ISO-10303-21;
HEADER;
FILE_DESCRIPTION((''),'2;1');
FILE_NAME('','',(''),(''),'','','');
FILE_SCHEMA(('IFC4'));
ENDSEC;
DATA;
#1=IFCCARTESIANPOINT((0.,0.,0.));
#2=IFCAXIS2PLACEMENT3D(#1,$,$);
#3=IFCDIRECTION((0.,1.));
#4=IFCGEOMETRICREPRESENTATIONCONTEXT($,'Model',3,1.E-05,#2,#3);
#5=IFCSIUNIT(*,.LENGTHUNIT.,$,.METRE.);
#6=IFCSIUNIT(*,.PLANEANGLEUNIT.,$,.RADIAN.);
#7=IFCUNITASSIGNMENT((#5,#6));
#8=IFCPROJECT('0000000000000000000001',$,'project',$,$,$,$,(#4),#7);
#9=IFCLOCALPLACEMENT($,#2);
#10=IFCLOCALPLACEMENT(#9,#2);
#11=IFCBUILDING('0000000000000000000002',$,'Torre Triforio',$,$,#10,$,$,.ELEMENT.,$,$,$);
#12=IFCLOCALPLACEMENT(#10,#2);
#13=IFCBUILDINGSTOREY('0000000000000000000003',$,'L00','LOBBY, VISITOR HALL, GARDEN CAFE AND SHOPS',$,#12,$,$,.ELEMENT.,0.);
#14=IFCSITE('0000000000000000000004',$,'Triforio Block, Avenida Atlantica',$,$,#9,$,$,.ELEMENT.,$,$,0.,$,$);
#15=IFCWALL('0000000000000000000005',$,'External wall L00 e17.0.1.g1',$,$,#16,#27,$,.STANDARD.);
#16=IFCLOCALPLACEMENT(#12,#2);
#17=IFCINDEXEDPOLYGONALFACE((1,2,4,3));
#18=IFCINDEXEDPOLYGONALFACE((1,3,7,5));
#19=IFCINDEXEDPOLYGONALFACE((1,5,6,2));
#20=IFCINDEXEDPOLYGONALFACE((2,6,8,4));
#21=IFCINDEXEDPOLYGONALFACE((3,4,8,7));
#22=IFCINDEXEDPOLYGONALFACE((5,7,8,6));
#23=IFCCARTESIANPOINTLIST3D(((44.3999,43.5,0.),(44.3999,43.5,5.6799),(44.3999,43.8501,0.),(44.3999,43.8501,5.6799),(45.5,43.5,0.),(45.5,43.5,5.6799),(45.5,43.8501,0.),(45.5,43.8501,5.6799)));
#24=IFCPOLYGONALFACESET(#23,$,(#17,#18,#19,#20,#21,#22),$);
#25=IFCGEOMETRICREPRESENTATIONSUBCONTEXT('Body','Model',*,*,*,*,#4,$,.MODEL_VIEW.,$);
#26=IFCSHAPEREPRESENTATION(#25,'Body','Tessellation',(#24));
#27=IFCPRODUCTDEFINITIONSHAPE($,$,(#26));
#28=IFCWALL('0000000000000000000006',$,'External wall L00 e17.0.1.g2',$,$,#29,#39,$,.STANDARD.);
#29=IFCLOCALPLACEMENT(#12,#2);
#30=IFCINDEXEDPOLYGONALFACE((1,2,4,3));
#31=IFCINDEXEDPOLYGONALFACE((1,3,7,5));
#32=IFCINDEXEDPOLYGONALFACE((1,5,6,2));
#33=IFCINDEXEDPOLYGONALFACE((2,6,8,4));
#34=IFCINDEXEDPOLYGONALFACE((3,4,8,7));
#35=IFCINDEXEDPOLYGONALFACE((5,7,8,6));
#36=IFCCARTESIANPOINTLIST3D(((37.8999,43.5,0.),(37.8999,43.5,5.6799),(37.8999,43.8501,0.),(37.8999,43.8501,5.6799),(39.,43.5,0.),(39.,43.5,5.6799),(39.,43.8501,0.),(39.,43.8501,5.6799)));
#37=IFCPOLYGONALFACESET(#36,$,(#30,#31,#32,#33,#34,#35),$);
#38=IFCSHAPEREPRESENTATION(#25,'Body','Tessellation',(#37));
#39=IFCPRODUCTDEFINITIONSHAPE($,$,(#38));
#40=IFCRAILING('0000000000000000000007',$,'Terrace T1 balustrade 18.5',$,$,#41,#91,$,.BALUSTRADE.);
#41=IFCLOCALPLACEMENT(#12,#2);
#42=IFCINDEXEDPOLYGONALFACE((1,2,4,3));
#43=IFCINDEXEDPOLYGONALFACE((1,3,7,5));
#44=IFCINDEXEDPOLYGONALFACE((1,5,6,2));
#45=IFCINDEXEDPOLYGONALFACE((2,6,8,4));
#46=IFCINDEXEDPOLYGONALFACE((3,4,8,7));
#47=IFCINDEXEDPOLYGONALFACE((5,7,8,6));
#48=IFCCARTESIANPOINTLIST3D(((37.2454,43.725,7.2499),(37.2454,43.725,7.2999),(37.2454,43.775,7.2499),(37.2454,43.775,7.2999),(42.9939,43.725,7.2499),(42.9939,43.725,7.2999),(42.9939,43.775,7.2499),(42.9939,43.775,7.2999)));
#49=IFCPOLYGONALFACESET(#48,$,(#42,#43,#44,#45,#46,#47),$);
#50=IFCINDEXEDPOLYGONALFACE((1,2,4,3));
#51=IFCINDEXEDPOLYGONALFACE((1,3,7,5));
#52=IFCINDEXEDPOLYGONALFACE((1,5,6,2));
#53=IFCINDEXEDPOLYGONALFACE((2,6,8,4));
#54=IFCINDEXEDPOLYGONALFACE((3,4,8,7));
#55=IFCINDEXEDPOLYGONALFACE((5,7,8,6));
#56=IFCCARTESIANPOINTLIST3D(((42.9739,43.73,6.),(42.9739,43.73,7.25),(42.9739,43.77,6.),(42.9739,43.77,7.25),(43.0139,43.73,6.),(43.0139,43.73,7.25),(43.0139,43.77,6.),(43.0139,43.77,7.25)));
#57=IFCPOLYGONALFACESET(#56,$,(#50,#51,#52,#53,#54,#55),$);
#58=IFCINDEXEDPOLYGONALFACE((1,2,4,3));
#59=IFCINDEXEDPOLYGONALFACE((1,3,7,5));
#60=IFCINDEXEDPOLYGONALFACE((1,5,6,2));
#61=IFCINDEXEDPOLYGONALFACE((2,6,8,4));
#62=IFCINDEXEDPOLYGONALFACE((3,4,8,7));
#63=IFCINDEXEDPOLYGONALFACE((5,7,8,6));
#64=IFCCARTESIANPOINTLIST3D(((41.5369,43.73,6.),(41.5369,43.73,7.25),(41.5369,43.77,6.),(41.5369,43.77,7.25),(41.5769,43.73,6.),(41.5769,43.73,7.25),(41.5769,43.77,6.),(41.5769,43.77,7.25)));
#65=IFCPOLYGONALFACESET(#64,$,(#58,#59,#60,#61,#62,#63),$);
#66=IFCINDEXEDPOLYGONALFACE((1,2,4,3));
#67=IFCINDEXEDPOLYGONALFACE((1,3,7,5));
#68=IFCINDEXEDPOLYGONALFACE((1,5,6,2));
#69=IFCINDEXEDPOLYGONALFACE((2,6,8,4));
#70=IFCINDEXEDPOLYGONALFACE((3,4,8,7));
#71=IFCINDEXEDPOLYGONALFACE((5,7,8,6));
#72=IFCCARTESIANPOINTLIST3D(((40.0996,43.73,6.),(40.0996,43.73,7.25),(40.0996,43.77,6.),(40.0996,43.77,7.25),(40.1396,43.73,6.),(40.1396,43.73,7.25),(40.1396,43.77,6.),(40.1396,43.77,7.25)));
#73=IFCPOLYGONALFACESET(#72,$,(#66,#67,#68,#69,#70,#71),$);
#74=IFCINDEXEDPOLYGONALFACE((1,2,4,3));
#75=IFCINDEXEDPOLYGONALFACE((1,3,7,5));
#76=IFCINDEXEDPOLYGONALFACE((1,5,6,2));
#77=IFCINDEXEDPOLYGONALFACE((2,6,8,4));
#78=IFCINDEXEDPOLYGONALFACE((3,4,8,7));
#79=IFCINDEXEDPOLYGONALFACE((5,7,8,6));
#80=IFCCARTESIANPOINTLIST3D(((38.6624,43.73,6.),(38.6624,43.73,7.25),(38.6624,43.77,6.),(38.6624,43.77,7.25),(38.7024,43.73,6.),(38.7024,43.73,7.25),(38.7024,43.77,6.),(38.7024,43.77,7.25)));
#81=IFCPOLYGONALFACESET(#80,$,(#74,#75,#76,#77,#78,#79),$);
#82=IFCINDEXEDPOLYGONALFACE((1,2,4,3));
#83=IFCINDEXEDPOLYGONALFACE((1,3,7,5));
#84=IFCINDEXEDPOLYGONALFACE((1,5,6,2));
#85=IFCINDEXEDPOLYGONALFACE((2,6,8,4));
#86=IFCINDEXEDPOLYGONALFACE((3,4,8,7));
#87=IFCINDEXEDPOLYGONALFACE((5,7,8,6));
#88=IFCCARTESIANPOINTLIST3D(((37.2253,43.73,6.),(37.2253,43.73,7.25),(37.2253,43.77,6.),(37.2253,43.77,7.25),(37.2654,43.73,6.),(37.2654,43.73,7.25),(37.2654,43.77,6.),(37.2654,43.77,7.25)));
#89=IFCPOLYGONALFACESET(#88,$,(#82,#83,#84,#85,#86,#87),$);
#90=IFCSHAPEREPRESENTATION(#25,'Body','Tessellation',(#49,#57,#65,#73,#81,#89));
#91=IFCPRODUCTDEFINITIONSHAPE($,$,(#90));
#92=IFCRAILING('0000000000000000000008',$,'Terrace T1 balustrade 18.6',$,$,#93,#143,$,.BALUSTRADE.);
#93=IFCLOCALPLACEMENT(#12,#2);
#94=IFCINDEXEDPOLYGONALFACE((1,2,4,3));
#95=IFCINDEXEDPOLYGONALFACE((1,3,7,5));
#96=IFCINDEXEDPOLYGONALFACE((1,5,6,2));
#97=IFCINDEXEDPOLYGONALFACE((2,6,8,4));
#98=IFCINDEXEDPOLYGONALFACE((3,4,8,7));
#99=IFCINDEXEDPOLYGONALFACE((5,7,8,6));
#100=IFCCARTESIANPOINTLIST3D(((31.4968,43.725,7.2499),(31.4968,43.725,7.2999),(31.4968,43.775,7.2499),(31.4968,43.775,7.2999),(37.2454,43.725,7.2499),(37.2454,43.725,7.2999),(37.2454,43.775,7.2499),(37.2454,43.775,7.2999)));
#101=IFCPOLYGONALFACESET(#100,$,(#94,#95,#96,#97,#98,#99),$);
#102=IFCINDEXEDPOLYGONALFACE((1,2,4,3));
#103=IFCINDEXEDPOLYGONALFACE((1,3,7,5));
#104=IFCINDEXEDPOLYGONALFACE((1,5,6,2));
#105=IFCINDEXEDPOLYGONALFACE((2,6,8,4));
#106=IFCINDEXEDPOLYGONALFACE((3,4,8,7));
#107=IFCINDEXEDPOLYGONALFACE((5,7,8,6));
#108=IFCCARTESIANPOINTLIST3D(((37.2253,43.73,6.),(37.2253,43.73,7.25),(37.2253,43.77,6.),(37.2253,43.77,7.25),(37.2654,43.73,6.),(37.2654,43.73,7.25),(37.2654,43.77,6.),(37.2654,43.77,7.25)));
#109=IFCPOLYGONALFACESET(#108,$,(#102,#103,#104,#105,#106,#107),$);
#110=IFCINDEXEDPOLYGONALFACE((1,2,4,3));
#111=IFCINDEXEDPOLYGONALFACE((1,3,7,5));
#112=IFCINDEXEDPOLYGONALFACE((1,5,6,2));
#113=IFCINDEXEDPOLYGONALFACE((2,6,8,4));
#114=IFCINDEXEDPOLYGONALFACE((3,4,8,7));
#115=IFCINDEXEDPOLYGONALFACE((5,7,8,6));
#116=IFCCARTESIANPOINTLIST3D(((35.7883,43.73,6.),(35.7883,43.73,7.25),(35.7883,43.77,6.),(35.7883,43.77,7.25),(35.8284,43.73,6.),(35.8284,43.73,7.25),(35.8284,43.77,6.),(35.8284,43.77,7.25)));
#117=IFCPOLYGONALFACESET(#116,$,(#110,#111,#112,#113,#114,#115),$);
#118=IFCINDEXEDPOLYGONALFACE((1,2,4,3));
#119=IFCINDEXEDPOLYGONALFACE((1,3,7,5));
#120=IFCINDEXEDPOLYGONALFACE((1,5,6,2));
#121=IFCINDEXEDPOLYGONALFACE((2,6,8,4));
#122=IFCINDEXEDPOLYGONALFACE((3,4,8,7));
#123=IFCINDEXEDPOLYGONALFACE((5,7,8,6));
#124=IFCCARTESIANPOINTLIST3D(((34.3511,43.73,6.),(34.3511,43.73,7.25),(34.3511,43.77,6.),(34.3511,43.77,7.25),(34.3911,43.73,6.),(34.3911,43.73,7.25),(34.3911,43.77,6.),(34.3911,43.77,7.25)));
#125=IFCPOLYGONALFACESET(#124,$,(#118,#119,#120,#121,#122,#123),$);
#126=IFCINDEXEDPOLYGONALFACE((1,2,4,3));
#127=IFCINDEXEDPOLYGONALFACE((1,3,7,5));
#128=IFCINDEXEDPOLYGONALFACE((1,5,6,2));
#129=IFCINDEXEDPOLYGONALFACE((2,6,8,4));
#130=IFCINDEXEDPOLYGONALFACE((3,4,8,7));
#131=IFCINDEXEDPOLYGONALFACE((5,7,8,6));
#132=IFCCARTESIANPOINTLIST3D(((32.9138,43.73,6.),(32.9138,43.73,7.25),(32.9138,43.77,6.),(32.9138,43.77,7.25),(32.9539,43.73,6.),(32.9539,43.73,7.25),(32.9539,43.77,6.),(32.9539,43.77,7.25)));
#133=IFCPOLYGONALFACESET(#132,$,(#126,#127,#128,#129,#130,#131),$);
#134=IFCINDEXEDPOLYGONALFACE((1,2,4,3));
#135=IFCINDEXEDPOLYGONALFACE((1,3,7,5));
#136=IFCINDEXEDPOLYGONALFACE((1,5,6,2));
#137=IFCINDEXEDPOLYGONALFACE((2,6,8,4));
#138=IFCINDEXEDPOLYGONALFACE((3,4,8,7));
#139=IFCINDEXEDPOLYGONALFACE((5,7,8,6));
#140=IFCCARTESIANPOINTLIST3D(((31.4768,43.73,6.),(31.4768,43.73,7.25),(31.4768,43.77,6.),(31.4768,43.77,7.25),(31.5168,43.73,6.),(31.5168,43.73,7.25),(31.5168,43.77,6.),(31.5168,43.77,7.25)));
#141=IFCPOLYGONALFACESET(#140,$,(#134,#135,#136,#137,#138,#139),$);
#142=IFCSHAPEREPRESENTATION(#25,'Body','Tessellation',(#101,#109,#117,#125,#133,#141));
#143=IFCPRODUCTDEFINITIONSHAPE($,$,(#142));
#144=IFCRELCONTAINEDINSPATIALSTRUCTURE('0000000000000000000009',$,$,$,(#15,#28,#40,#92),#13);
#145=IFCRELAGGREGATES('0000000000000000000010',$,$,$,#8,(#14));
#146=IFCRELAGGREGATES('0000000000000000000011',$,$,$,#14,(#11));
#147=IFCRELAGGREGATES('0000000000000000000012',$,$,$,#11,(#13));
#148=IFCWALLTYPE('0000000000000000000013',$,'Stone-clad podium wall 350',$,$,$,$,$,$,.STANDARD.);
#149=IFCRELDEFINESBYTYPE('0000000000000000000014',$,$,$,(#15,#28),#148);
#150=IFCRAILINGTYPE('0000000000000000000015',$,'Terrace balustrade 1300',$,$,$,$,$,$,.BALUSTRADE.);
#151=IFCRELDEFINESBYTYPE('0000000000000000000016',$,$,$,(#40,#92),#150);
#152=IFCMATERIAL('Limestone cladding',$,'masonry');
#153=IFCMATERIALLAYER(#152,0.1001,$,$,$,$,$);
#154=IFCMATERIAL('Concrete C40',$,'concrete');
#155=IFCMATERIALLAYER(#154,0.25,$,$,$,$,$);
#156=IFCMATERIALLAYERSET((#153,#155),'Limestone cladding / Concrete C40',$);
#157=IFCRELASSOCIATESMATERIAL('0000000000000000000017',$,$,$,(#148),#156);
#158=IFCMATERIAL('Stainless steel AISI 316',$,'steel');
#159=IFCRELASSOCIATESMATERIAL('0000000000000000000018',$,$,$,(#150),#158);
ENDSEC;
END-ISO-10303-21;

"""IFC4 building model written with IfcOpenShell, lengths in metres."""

from ifc_helpers import new_model, si_unit, direction, frame, frame_2d, origin, origin_2d, place, context, subcontext, project, spatial, rectangle, extrude, material, layer, layer_set, type_object, element, save


model = new_model("IFC4")

# Units and contexts
model_context = context("Model", 3, precision=1e-05, world=origin(), true_north=direction((0.0, 1.0)))
body_context = subcontext(model_context, "Body", "Model", "MODEL_VIEW")
ifc_project = project(units=[si_unit("LENGTHUNIT", "METRE"), si_unit("PLANEANGLEUNIT", "RADIAN")], contexts=[model_context])

# Site, building, storey
site_placement = place(None, origin())
site = spatial("IfcSite", under=ifc_project, at=site_placement, Name="Triforio Block, Avenida Atlantica", CompositionType="ELEMENT", RefElevation=0.0)
building_placement = place(site_placement, origin())
building = spatial("IfcBuilding", under=site, at=building_placement, Name="Torre Triforio", CompositionType="ELEMENT")
storey_placement = place(building_placement, origin())
storey = spatial("IfcBuildingStorey", under=building, at=storey_placement, Name="L00", Description="LOBBY, VISITOR HALL, GARDEN CAFE AND SHOPS", CompositionType="ELEMENT", Elevation=0.0)

# Walls
ifc_material_1 = material(Name="Limestone cladding", Category="masonry")
ifc_layer_1 = layer(ifc_material_1, 0.1001)
ifc_material_2 = material(Name="Concrete C40", Category="concrete")
ifc_layer_2 = layer(ifc_material_2, 0.25)
ifc_layer_set_1 = layer_set([ifc_layer_1, ifc_layer_2], Name="Limestone cladding / Concrete C40")
wall_type = type_object("IfcWallType", Name="Stone-clad podium wall 350", PredefinedType="STANDARD", material=ifc_layer_set_1)
for number, where, z_axis, x_axis, name in (
    (1, (45.5, 43.675, 0.0), (0.0, 0.0, 1.0), (-1.0, 0.0, 0.0), "External wall L00 e17.0.1.g1"),
    (2, (39.0, 43.675, 0.0), (0.0, 0.0, 1.0), (-1.0, 0.0, 0.0), "External wall L00 e17.0.1.g2"),
):
    element("IfcWall", number, at=place(storey_placement, frame(where, z_axis=z_axis, x_axis=x_axis)), inside=storey, type_object=wall_type, Name=name, PredefinedType="STANDARD", context=body_context, shape_type="SweptSolid", body=[
        extrude(rectangle(XDim=1.1001, YDim=0.3501, at=frame_2d((0.55, 0.0))), origin(), (0.0, 0.0, 1.0), 5.6799),
    ])

# Railings
ifc_material_3 = material(Name="Stainless steel AISI 316", Category="steel")
railing_type = type_object("IfcRailingType", Name="Terrace balustrade 1300", PredefinedType="BALUSTRADE", material=ifc_material_3)
for number, where, name in (
    (3, (42.9939, 43.75, 6.0), "Terrace T1 balustrade 18.5"),
    (4, (37.2454, 43.75, 6.0), "Terrace T1 balustrade 18.6"),
):
    element("IfcRailing", number, at=place(storey_placement, frame(where)), inside=storey, type_object=railing_type, Name=name, PredefinedType="BALUSTRADE", context=body_context, shape_type="SweptSolid", body=[
        extrude(rectangle(XDim=0.05, YDim=0.05, at=origin_2d()), frame((0.0, 0.0, 1.2749), z_axis=(-1.0, 0.0, 0.0), x_axis=(0.0, -1.0, 0.0)), (0.0, 0.0, 1.0), 5.7485),
        extrude(rectangle(XDim=0.04, YDim=0.04, at=origin_2d()), origin(), (0.0, 0.0, 1.0), 1.25),
        extrude(rectangle(XDim=0.04, YDim=0.04, at=origin_2d()), frame((-1.437, 0.0, 0.0)), (0.0, 0.0, 1.0), 1.25),
        extrude(rectangle(XDim=0.04, YDim=0.04, at=origin_2d()), frame((-2.8743, 0.0, 0.0)), (0.0, 0.0, 1.0), 1.25),
        extrude(rectangle(XDim=0.04, YDim=0.04, at=origin_2d()), frame((-4.3115, 0.0, 0.0)), (0.0, 0.0, 1.0), 1.25),
        extrude(rectangle(XDim=0.04, YDim=0.04, at=origin_2d()), frame((-5.7485, 0.0, 0.0)), (0.0, 0.0, 1.0), 1.25),
    ])

save(model, "model.ifc")
